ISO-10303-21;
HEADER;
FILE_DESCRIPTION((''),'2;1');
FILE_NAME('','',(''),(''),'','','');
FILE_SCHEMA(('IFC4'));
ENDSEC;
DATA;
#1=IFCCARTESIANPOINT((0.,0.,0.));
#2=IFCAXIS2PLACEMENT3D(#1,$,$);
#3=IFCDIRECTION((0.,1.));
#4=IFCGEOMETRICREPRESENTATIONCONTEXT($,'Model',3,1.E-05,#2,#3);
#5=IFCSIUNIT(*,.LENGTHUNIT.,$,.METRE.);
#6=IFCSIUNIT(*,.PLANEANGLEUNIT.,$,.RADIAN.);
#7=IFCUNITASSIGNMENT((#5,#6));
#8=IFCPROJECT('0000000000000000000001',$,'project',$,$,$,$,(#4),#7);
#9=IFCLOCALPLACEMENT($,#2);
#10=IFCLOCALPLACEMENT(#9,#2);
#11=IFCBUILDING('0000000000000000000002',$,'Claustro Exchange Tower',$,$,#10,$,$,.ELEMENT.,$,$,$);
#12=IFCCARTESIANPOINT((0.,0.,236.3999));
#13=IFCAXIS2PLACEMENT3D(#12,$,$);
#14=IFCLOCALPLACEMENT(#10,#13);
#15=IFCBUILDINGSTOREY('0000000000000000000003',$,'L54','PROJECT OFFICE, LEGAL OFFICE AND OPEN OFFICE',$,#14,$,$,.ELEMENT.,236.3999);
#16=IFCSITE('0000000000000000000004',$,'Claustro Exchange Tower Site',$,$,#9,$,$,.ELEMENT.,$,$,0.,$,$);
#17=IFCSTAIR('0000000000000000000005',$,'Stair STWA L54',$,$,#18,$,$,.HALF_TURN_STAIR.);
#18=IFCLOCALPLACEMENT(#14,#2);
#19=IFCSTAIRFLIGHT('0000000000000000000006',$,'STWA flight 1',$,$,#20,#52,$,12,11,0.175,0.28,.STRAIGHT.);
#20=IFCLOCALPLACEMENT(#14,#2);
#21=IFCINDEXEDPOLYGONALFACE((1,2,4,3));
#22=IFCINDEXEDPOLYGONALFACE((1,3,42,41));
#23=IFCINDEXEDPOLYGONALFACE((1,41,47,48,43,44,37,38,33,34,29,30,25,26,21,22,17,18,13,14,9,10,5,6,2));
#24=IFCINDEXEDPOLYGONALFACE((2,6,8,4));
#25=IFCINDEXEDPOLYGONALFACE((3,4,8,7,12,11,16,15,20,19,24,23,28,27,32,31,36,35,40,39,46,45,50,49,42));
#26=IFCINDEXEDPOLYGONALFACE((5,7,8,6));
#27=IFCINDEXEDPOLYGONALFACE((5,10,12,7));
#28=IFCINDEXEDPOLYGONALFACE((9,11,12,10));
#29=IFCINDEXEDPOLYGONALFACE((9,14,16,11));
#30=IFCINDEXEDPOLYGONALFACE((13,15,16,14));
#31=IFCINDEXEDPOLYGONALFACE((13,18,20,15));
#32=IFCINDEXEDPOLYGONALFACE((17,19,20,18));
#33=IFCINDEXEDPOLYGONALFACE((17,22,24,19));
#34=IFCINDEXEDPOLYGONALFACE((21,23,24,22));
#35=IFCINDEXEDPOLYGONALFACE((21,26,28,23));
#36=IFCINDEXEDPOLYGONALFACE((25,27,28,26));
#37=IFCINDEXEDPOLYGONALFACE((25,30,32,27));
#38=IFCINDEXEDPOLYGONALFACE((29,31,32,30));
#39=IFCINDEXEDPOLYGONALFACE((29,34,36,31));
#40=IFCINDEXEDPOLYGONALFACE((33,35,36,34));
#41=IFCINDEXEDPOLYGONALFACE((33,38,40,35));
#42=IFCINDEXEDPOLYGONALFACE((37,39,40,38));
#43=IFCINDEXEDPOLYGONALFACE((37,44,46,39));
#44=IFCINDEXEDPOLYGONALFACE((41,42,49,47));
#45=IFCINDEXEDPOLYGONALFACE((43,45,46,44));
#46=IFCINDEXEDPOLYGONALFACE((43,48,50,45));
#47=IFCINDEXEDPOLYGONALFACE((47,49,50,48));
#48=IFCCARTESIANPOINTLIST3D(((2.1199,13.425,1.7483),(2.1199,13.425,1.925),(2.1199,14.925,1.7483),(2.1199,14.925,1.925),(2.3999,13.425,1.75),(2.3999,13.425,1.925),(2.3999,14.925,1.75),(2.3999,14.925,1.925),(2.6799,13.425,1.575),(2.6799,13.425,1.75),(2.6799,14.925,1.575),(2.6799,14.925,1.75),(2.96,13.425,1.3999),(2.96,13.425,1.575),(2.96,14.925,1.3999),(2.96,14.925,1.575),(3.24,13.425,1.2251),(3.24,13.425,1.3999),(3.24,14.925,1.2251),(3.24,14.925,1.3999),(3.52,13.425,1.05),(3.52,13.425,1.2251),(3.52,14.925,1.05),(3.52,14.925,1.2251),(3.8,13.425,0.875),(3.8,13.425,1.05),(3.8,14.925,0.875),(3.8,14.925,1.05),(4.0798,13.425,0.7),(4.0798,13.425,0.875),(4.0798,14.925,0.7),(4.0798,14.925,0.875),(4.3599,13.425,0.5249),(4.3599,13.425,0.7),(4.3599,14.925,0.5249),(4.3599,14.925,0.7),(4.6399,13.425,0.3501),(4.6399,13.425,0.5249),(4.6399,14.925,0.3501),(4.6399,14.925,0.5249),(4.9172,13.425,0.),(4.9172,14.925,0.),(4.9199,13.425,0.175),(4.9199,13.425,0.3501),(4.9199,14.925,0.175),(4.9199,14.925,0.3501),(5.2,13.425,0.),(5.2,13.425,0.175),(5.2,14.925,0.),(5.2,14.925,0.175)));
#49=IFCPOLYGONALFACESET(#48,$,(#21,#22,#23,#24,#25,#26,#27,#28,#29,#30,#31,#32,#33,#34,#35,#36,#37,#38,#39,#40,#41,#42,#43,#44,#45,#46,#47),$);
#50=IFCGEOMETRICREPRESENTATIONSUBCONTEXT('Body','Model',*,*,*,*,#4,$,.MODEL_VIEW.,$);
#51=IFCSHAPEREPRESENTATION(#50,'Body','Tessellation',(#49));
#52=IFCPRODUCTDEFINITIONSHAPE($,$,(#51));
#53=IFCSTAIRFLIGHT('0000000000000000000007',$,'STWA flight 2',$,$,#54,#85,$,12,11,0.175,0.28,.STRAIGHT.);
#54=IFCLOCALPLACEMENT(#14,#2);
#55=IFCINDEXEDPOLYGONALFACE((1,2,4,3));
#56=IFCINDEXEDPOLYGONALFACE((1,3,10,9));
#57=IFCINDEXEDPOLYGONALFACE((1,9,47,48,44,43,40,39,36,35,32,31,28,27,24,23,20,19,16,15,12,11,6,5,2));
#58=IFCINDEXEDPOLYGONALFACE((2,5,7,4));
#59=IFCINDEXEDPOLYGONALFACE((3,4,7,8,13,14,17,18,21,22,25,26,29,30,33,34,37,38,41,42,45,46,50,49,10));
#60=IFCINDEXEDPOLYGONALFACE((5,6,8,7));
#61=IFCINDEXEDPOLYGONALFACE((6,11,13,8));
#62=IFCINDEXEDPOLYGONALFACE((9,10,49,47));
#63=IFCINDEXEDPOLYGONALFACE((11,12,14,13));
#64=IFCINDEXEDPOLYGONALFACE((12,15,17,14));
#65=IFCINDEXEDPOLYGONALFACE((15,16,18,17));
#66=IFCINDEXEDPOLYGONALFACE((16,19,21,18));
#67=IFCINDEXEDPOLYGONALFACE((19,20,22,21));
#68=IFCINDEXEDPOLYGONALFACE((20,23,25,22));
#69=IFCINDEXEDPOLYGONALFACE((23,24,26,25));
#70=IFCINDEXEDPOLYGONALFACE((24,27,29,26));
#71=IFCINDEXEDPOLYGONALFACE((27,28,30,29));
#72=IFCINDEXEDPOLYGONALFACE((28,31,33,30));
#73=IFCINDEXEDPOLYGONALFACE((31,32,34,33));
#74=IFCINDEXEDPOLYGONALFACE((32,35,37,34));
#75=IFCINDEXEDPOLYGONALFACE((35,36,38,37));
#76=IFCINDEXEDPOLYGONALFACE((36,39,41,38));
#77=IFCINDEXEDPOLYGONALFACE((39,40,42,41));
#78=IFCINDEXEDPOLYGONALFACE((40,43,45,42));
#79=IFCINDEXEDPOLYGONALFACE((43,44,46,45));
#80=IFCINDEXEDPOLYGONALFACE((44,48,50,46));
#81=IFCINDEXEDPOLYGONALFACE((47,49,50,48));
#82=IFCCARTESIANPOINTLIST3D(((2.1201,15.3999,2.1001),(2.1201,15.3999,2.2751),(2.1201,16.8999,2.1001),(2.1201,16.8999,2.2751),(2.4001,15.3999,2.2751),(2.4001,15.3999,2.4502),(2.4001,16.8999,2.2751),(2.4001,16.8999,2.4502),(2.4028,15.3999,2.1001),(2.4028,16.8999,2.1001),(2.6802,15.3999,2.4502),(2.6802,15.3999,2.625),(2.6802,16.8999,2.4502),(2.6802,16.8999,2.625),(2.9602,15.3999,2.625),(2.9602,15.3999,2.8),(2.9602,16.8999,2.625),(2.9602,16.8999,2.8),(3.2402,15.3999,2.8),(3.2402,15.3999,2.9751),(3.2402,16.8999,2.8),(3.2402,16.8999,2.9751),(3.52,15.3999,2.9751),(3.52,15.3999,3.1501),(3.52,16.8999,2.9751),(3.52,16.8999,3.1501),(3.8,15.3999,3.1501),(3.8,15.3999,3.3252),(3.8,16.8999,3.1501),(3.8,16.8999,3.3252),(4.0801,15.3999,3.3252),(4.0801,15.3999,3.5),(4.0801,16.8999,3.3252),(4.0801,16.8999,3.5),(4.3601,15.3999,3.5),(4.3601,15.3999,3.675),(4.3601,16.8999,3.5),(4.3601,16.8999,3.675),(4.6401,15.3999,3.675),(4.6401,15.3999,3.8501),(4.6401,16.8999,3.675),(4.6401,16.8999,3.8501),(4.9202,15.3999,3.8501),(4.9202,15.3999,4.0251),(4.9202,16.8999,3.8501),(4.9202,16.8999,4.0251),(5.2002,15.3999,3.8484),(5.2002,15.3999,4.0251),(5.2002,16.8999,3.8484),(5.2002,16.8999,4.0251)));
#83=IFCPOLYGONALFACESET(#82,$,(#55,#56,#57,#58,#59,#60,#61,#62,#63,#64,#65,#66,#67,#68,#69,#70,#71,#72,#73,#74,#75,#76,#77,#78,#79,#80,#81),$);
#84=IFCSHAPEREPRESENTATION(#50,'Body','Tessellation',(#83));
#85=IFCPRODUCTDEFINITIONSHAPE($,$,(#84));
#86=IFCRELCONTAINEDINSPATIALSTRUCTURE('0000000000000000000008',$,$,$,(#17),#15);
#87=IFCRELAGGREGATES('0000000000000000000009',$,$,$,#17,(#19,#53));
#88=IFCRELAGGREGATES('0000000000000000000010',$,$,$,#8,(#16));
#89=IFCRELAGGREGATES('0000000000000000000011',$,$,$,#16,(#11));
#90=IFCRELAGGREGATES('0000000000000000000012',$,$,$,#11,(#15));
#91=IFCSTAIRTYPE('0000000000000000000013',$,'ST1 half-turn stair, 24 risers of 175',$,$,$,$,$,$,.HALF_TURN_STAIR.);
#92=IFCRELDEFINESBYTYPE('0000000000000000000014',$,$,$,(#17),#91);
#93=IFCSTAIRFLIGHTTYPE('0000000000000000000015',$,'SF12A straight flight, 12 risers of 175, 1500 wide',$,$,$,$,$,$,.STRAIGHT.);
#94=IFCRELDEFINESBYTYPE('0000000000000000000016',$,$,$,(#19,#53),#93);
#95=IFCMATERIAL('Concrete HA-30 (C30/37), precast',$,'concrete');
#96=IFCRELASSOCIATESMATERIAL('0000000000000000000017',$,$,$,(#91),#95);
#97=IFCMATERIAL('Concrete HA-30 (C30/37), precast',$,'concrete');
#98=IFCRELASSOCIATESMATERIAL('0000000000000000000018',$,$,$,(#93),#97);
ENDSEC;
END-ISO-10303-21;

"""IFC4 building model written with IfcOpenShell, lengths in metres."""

from ifc_helpers import new_model, si_unit, direction, frame, origin, place, context, subcontext, project, spatial, polyline, outline, extrude, material, type_object, element, aggregate, save


model = new_model("IFC4")

# Units and contexts
model_context = context("Model", 3, precision=1e-05, world=origin(), true_north=direction((0.0, 1.0)))
body_context = subcontext(model_context, "Body", "Model", "MODEL_VIEW")
ifc_project = project(units=[si_unit("LENGTHUNIT", "METRE"), si_unit("PLANEANGLEUNIT", "RADIAN")], contexts=[model_context])

# Site, building, storey
site_placement = place(None, origin())
site = spatial("IfcSite", under=ifc_project, at=site_placement, Name="Claustro Exchange Tower Site", CompositionType="ELEMENT", RefElevation=0.0)
building_placement = place(site_placement, origin())
building = spatial("IfcBuilding", under=site, at=building_placement, Name="Claustro Exchange Tower", CompositionType="ELEMENT")
storey_placement = place(building_placement, frame((0.0, 0.0, 236.3999)))
storey = spatial("IfcBuildingStorey", under=building, at=storey_placement, Name="L54", Description="PROJECT OFFICE, LEGAL OFFICE AND OPEN OFFICE", CompositionType="ELEMENT", Elevation=236.3999)

# Stair, stair flights
ifc_material_1 = material(Name="Concrete HA-30 (C30/37), precast", Category="concrete")
stair_type = type_object("IfcStairType", Name="ST1 half-turn stair, 24 risers of 175", PredefinedType="HALF_TURN_STAIR", material=ifc_material_1)
stair_placement = place(storey_placement, origin())
stair = element("IfcStair", 1, at=stair_placement, inside=storey, type_object=stair_type, Name="Stair STWA L54", PredefinedType="HALF_TURN_STAIR")
ifc_material_2 = material(Name="Concrete HA-30 (C30/37), precast", Category="concrete")
stair_flight_type = type_object("IfcStairFlightType", Name="SF12A straight flight, 12 risers of 175, 1500 wide", PredefinedType="STRAIGHT", material=ifc_material_2)
stair_flight_1_placement = place(storey_placement, frame((5.2, 14.175, 0.0), z_axis=(0.0, 0.0, 1.0), x_axis=(-1.0, 0.0, 0.0)))
stair_flight_1 = element("IfcStairFlight", 2, at=stair_flight_1_placement, type_object=stair_flight_type, Name="STWA flight 1", NumberOfRisers=12, NumberOfTreads=11, PredefinedType="STRAIGHT", RiserHeight=0.175, TreadLength=0.28, context=body_context, shape_type="SweptSolid", body=[
    extrude(outline(polyline([(0.0, 0.0), (0.0, 0.175), (0.28, 0.175), (0.28, 0.3501), (0.5601, 0.3501), (0.5601, 0.5249), (0.8401, 0.5249), (0.8401, 0.7), (1.1201, 0.7), (1.1201, 0.875), (1.3999, 0.875), (1.3999, 1.05), (1.6799, 1.05), (1.6799, 1.2251), (1.96, 1.2251), (1.96, 1.3999), (2.24, 1.3999), (2.24, 1.575), (2.52, 1.575), (2.52, 1.75), (2.8, 1.75), (2.8, 1.925), (3.0801, 1.925), (3.0801, 2.1001), (3.0801, 1.7483), (0.2827, 0.0), (0.0, 0.0)])), frame((0.0, 0.75, 0.0), z_axis=(0.0, -1.0, 0.0), x_axis=(1.0, 0.0, 0.0)), (0.0, 0.0, 1.0), 1.5),
])
stair_flight_2_placement = place(storey_placement, frame((2.1201, 16.1499, 2.1001), z_axis=(0.0, 0.0, 1.0), x_axis=(1.0, 0.0, 0.0)))
stair_flight_2 = element("IfcStairFlight", 3, at=stair_flight_2_placement, type_object=stair_flight_type, Name="STWA flight 2", NumberOfRisers=12, NumberOfTreads=11, PredefinedType="STRAIGHT", RiserHeight=0.175, TreadLength=0.28, context=body_context, shape_type="SweptSolid", body=[
    extrude(outline(polyline([(0.0, 0.0), (0.0, 0.175), (0.28, 0.175), (0.28, 0.3501), (0.5601, 0.3501), (0.5601, 0.5249), (0.8401, 0.5249), (0.8401, 0.7), (1.1201, 0.7), (1.1201, 0.875), (1.3999, 0.875), (1.3999, 1.05), (1.6799, 1.05), (1.6799, 1.2251), (1.96, 1.2251), (1.96, 1.3999), (2.24, 1.3999), (2.24, 1.575), (2.52, 1.575), (2.52, 1.75), (2.8, 1.75), (2.8, 1.925), (3.0801, 1.925), (3.0801, 2.1001), (3.0801, 1.7483), (0.2827, 0.0), (0.0, 0.0)])), frame((0.0, 0.75, 0.0), z_axis=(0.0, -1.0, 0.0), x_axis=(1.0, 0.0, 0.0)), (0.0, 0.0, 1.0), 1.5),
])
aggregate(stair, [stair_flight_1, stair_flight_2])

save(model, "model.ifc")
